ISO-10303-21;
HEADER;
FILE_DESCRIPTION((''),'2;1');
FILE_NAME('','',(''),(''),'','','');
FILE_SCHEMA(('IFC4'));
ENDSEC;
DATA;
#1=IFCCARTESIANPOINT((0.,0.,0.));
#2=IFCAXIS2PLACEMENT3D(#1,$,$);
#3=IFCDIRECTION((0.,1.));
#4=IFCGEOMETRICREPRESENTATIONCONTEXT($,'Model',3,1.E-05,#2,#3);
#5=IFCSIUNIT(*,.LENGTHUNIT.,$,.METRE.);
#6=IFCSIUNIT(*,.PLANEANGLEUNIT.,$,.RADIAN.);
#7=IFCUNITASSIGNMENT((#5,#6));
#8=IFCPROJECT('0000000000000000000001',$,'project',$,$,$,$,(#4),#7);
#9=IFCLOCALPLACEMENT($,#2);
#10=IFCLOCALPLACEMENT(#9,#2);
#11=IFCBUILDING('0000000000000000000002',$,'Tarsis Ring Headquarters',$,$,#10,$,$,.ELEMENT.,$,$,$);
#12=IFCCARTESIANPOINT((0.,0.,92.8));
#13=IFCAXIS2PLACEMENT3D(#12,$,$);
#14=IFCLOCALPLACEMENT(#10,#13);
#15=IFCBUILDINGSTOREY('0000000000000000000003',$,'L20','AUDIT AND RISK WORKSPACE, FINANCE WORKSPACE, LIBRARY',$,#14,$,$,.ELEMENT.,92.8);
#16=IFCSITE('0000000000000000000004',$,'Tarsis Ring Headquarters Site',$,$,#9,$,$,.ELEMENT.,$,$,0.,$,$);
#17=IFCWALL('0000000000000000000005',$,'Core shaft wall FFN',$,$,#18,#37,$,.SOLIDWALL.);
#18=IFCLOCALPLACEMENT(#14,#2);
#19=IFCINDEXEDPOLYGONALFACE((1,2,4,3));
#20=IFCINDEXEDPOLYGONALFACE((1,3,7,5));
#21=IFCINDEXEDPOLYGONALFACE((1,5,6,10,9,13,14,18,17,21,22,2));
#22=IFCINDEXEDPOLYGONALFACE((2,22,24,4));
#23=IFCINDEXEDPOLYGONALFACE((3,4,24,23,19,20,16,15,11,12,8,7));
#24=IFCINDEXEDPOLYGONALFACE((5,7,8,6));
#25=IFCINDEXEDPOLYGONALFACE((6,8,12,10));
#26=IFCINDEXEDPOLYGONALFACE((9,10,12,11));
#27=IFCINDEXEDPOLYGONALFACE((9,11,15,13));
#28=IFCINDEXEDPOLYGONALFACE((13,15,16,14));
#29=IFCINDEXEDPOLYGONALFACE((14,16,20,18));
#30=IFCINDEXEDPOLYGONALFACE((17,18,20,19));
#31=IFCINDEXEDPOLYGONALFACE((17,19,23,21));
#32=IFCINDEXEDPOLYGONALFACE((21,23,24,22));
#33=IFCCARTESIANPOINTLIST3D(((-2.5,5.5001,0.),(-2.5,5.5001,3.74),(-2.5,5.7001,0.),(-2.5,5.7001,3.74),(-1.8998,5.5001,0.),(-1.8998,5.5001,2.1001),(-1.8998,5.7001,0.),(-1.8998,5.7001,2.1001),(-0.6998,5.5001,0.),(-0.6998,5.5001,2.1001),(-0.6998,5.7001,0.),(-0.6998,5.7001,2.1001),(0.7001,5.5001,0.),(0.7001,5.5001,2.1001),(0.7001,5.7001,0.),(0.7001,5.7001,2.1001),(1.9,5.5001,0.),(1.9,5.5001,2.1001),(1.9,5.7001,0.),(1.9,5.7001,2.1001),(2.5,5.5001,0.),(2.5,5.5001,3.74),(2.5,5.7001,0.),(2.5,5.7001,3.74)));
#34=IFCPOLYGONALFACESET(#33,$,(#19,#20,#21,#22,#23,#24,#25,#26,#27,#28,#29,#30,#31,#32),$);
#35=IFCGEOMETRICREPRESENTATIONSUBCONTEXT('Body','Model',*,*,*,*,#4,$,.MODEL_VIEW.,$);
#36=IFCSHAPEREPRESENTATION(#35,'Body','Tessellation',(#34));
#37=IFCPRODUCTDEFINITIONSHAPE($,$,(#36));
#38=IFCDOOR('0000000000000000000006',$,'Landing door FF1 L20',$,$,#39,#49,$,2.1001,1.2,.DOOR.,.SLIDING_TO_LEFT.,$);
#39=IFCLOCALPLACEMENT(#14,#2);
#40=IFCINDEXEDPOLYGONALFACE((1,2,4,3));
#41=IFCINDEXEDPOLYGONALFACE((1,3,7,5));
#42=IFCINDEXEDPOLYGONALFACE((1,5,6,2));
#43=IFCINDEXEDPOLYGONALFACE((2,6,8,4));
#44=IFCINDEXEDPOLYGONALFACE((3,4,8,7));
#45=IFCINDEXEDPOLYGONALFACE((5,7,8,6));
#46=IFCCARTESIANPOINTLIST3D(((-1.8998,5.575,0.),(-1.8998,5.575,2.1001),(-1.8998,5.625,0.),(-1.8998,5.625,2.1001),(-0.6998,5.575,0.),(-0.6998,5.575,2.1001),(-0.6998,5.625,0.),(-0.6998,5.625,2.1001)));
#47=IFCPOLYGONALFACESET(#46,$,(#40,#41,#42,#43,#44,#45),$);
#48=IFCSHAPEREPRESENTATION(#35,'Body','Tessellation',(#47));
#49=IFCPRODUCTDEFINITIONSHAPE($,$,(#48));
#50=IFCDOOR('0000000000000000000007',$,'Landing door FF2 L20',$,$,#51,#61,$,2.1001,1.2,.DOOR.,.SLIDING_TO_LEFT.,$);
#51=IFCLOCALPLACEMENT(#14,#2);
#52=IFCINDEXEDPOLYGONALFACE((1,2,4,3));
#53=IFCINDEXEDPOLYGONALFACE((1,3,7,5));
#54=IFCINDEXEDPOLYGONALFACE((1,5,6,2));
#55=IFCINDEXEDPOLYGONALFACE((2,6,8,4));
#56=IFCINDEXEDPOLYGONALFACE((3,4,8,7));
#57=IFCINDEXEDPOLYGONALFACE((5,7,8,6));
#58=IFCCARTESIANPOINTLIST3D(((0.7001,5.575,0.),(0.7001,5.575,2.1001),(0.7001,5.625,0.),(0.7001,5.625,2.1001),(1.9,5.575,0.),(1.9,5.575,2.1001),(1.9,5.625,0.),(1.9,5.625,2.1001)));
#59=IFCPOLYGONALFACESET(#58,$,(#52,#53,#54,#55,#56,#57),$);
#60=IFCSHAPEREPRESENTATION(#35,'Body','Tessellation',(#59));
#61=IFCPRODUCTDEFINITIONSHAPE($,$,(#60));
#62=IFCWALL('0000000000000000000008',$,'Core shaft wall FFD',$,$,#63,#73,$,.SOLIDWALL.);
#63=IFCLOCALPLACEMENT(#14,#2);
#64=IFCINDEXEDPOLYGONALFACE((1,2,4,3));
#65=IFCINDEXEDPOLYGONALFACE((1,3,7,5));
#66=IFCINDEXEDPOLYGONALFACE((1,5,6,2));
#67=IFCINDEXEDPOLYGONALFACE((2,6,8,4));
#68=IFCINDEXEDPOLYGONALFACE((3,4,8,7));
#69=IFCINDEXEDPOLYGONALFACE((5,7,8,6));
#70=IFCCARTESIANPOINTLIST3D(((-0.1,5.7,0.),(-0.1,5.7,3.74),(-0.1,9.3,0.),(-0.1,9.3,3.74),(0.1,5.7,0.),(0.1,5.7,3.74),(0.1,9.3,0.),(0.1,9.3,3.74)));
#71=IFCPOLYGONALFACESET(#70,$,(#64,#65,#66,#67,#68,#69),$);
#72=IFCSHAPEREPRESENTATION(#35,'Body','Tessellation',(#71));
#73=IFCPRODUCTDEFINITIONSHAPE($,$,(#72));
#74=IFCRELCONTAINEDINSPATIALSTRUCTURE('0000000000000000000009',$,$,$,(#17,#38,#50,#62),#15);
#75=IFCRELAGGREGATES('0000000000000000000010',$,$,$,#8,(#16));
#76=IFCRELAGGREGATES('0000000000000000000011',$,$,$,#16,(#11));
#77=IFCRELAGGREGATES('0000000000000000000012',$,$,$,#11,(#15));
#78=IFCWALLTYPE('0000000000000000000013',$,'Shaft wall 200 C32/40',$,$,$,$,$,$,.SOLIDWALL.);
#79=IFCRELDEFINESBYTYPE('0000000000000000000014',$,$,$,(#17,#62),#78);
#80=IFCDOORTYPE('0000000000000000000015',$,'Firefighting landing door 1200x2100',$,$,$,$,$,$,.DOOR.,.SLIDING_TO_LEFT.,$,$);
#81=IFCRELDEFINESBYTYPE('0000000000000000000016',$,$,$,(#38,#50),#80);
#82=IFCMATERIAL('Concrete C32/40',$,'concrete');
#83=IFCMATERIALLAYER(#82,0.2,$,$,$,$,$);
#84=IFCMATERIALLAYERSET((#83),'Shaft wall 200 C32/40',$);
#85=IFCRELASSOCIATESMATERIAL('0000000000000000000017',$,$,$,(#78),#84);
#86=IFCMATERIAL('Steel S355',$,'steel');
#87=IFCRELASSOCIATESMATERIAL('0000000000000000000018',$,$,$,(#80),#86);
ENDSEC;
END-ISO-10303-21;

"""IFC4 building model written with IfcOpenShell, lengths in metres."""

from ifc_helpers import new_model, si_unit, direction, frame, frame_2d, origin, place, context, subcontext, project, spatial, rectangle, extrude, material, layer, layer_set, type_object, element, fill, save


model = new_model("IFC4")

# Units and contexts
model_context = context("Model", 3, precision=1e-05, world=origin(), true_north=direction((0.0, 1.0)))
body_context = subcontext(model_context, "Body", "Model", "MODEL_VIEW")
ifc_project = project(units=[si_unit("LENGTHUNIT", "METRE"), si_unit("PLANEANGLEUNIT", "RADIAN")], contexts=[model_context])

# Site, building, storey
site_placement = place(None, origin())
site = spatial("IfcSite", under=ifc_project, at=site_placement, Name="Tarsis Ring Headquarters Site", CompositionType="ELEMENT", RefElevation=0.0)
building_placement = place(site_placement, origin())
building = spatial("IfcBuilding", under=site, at=building_placement, Name="Tarsis Ring Headquarters", CompositionType="ELEMENT")
storey_placement = place(building_placement, frame((0.0, 0.0, 92.8)))
storey = spatial("IfcBuildingStorey", under=building, at=storey_placement, Name="L20", Description="AUDIT AND RISK WORKSPACE, FINANCE WORKSPACE, LIBRARY", CompositionType="ELEMENT", Elevation=92.8)

# Shared definitions
ifc_material_1 = material(Name="Concrete C32/40", Category="concrete")
ifc_layer_1 = layer(ifc_material_1, 0.2)
ifc_layer_set_1 = layer_set([ifc_layer_1], Name="Shaft wall 200 C32/40")
wall_type_1 = type_object("IfcWallType", Name="Shaft wall 200 C32/40", PredefinedType="SOLIDWALL", material=ifc_layer_set_1)
ifc_material_2 = material(Name="Steel S355", Category="steel")

# Wall, openings, doors
wall_1_placement = place(storey_placement, frame((-2.5, 5.6001, 0.0), z_axis=(0.0, 0.0, 1.0), x_axis=(1.0, 0.0, 0.0)))
wall_1 = element("IfcWall", 1, at=wall_1_placement, inside=storey, type_object=wall_type_1, Name="Core shaft wall FFN", PredefinedType="SOLIDWALL", context=body_context, shape_type="SweptSolid", body=[
    extrude(rectangle(XDim=5.0, YDim=0.2, at=frame_2d((2.5, 0.0))), origin(), (0.0, 0.0, 1.0), 3.74),
])
opening_1_placement = place(wall_1_placement, frame((0.6001, 0.0, 0.0)))
opening_1 = element("IfcOpeningElement", 2, at=opening_1_placement, cuts=wall_1, PredefinedType="OPENING", context=body_context, shape_type="SweptSolid", body=[
    extrude(rectangle(XDim=1.2, YDim=2.1001, at=frame_2d((0.6001, 1.05))), frame((0.0, 0.1099, 0.0), z_axis=(0.0, -1.0, 0.0), x_axis=(1.0, 0.0, 0.0)), (0.0, 0.0, 1.0), 0.22),
])
opening_2_placement = place(wall_1_placement, frame((3.2, 0.0, 0.0)))
opening_2 = element("IfcOpeningElement", 3, at=opening_2_placement, cuts=wall_1, PredefinedType="OPENING", context=body_context, shape_type="SweptSolid", body=[
    extrude(rectangle(XDim=1.2, YDim=2.1001, at=frame_2d((0.6001, 1.05))), frame((0.0, 0.1099, 0.0), z_axis=(0.0, -1.0, 0.0), x_axis=(1.0, 0.0, 0.0)), (0.0, 0.0, 1.0), 0.22),
])
door_type_1 = type_object("IfcDoorType", Name="Firefighting landing door 1200x2100", OperationType="SLIDING_TO_LEFT", PredefinedType="DOOR", material=ifc_material_2)
door_1_placement = place(opening_1_placement, origin())
door_1 = element("IfcDoor", 4, at=door_1_placement, inside=storey, type_object=door_type_1, Name="Landing door FF1 L20", OperationType="SLIDING_TO_LEFT", OverallHeight=2.1001, OverallWidth=1.2, PredefinedType="DOOR", context=body_context, shape_type="SweptSolid", body=[
    extrude(rectangle(XDim=1.2, YDim=2.1001, at=frame_2d((0.6001, 1.05))), frame((0.0, 0.0249, 0.0), z_axis=(0.0, -1.0, 0.0), x_axis=(1.0, 0.0, 0.0)), (0.0, 0.0, 1.0), 0.05),
])
fill(opening_1, door_1)
door_2_placement = place(opening_2_placement, origin())
door_2 = element("IfcDoor", 5, at=door_2_placement, inside=storey, type_object=door_type_1, Name="Landing door FF2 L20", OperationType="SLIDING_TO_LEFT", OverallHeight=2.1001, OverallWidth=1.2, PredefinedType="DOOR", context=body_context, shape_type="SweptSolid", body=[
    extrude(rectangle(XDim=1.2, YDim=2.1001, at=frame_2d((0.6001, 1.05))), frame((0.0, 0.0249, 0.0), z_axis=(0.0, -1.0, 0.0), x_axis=(1.0, 0.0, 0.0)), (0.0, 0.0, 1.0), 0.05),
])
fill(opening_2, door_2)

# Wall
wall_2_placement = place(storey_placement, frame((0.0, 5.7, 0.0), z_axis=(0.0, 0.0, 1.0), x_axis=(0.0, 1.0, 0.0)))
element("IfcWall", 6, at=wall_2_placement, inside=storey, type_object=wall_type_1, Name="Core shaft wall FFD", PredefinedType="SOLIDWALL", context=body_context, shape_type="SweptSolid", body=[
    extrude(rectangle(XDim=3.6001, YDim=0.2, at=frame_2d((1.8, 0.0))), origin(), (0.0, 0.0, 1.0), 3.74),
])

save(model, "model.ifc")
